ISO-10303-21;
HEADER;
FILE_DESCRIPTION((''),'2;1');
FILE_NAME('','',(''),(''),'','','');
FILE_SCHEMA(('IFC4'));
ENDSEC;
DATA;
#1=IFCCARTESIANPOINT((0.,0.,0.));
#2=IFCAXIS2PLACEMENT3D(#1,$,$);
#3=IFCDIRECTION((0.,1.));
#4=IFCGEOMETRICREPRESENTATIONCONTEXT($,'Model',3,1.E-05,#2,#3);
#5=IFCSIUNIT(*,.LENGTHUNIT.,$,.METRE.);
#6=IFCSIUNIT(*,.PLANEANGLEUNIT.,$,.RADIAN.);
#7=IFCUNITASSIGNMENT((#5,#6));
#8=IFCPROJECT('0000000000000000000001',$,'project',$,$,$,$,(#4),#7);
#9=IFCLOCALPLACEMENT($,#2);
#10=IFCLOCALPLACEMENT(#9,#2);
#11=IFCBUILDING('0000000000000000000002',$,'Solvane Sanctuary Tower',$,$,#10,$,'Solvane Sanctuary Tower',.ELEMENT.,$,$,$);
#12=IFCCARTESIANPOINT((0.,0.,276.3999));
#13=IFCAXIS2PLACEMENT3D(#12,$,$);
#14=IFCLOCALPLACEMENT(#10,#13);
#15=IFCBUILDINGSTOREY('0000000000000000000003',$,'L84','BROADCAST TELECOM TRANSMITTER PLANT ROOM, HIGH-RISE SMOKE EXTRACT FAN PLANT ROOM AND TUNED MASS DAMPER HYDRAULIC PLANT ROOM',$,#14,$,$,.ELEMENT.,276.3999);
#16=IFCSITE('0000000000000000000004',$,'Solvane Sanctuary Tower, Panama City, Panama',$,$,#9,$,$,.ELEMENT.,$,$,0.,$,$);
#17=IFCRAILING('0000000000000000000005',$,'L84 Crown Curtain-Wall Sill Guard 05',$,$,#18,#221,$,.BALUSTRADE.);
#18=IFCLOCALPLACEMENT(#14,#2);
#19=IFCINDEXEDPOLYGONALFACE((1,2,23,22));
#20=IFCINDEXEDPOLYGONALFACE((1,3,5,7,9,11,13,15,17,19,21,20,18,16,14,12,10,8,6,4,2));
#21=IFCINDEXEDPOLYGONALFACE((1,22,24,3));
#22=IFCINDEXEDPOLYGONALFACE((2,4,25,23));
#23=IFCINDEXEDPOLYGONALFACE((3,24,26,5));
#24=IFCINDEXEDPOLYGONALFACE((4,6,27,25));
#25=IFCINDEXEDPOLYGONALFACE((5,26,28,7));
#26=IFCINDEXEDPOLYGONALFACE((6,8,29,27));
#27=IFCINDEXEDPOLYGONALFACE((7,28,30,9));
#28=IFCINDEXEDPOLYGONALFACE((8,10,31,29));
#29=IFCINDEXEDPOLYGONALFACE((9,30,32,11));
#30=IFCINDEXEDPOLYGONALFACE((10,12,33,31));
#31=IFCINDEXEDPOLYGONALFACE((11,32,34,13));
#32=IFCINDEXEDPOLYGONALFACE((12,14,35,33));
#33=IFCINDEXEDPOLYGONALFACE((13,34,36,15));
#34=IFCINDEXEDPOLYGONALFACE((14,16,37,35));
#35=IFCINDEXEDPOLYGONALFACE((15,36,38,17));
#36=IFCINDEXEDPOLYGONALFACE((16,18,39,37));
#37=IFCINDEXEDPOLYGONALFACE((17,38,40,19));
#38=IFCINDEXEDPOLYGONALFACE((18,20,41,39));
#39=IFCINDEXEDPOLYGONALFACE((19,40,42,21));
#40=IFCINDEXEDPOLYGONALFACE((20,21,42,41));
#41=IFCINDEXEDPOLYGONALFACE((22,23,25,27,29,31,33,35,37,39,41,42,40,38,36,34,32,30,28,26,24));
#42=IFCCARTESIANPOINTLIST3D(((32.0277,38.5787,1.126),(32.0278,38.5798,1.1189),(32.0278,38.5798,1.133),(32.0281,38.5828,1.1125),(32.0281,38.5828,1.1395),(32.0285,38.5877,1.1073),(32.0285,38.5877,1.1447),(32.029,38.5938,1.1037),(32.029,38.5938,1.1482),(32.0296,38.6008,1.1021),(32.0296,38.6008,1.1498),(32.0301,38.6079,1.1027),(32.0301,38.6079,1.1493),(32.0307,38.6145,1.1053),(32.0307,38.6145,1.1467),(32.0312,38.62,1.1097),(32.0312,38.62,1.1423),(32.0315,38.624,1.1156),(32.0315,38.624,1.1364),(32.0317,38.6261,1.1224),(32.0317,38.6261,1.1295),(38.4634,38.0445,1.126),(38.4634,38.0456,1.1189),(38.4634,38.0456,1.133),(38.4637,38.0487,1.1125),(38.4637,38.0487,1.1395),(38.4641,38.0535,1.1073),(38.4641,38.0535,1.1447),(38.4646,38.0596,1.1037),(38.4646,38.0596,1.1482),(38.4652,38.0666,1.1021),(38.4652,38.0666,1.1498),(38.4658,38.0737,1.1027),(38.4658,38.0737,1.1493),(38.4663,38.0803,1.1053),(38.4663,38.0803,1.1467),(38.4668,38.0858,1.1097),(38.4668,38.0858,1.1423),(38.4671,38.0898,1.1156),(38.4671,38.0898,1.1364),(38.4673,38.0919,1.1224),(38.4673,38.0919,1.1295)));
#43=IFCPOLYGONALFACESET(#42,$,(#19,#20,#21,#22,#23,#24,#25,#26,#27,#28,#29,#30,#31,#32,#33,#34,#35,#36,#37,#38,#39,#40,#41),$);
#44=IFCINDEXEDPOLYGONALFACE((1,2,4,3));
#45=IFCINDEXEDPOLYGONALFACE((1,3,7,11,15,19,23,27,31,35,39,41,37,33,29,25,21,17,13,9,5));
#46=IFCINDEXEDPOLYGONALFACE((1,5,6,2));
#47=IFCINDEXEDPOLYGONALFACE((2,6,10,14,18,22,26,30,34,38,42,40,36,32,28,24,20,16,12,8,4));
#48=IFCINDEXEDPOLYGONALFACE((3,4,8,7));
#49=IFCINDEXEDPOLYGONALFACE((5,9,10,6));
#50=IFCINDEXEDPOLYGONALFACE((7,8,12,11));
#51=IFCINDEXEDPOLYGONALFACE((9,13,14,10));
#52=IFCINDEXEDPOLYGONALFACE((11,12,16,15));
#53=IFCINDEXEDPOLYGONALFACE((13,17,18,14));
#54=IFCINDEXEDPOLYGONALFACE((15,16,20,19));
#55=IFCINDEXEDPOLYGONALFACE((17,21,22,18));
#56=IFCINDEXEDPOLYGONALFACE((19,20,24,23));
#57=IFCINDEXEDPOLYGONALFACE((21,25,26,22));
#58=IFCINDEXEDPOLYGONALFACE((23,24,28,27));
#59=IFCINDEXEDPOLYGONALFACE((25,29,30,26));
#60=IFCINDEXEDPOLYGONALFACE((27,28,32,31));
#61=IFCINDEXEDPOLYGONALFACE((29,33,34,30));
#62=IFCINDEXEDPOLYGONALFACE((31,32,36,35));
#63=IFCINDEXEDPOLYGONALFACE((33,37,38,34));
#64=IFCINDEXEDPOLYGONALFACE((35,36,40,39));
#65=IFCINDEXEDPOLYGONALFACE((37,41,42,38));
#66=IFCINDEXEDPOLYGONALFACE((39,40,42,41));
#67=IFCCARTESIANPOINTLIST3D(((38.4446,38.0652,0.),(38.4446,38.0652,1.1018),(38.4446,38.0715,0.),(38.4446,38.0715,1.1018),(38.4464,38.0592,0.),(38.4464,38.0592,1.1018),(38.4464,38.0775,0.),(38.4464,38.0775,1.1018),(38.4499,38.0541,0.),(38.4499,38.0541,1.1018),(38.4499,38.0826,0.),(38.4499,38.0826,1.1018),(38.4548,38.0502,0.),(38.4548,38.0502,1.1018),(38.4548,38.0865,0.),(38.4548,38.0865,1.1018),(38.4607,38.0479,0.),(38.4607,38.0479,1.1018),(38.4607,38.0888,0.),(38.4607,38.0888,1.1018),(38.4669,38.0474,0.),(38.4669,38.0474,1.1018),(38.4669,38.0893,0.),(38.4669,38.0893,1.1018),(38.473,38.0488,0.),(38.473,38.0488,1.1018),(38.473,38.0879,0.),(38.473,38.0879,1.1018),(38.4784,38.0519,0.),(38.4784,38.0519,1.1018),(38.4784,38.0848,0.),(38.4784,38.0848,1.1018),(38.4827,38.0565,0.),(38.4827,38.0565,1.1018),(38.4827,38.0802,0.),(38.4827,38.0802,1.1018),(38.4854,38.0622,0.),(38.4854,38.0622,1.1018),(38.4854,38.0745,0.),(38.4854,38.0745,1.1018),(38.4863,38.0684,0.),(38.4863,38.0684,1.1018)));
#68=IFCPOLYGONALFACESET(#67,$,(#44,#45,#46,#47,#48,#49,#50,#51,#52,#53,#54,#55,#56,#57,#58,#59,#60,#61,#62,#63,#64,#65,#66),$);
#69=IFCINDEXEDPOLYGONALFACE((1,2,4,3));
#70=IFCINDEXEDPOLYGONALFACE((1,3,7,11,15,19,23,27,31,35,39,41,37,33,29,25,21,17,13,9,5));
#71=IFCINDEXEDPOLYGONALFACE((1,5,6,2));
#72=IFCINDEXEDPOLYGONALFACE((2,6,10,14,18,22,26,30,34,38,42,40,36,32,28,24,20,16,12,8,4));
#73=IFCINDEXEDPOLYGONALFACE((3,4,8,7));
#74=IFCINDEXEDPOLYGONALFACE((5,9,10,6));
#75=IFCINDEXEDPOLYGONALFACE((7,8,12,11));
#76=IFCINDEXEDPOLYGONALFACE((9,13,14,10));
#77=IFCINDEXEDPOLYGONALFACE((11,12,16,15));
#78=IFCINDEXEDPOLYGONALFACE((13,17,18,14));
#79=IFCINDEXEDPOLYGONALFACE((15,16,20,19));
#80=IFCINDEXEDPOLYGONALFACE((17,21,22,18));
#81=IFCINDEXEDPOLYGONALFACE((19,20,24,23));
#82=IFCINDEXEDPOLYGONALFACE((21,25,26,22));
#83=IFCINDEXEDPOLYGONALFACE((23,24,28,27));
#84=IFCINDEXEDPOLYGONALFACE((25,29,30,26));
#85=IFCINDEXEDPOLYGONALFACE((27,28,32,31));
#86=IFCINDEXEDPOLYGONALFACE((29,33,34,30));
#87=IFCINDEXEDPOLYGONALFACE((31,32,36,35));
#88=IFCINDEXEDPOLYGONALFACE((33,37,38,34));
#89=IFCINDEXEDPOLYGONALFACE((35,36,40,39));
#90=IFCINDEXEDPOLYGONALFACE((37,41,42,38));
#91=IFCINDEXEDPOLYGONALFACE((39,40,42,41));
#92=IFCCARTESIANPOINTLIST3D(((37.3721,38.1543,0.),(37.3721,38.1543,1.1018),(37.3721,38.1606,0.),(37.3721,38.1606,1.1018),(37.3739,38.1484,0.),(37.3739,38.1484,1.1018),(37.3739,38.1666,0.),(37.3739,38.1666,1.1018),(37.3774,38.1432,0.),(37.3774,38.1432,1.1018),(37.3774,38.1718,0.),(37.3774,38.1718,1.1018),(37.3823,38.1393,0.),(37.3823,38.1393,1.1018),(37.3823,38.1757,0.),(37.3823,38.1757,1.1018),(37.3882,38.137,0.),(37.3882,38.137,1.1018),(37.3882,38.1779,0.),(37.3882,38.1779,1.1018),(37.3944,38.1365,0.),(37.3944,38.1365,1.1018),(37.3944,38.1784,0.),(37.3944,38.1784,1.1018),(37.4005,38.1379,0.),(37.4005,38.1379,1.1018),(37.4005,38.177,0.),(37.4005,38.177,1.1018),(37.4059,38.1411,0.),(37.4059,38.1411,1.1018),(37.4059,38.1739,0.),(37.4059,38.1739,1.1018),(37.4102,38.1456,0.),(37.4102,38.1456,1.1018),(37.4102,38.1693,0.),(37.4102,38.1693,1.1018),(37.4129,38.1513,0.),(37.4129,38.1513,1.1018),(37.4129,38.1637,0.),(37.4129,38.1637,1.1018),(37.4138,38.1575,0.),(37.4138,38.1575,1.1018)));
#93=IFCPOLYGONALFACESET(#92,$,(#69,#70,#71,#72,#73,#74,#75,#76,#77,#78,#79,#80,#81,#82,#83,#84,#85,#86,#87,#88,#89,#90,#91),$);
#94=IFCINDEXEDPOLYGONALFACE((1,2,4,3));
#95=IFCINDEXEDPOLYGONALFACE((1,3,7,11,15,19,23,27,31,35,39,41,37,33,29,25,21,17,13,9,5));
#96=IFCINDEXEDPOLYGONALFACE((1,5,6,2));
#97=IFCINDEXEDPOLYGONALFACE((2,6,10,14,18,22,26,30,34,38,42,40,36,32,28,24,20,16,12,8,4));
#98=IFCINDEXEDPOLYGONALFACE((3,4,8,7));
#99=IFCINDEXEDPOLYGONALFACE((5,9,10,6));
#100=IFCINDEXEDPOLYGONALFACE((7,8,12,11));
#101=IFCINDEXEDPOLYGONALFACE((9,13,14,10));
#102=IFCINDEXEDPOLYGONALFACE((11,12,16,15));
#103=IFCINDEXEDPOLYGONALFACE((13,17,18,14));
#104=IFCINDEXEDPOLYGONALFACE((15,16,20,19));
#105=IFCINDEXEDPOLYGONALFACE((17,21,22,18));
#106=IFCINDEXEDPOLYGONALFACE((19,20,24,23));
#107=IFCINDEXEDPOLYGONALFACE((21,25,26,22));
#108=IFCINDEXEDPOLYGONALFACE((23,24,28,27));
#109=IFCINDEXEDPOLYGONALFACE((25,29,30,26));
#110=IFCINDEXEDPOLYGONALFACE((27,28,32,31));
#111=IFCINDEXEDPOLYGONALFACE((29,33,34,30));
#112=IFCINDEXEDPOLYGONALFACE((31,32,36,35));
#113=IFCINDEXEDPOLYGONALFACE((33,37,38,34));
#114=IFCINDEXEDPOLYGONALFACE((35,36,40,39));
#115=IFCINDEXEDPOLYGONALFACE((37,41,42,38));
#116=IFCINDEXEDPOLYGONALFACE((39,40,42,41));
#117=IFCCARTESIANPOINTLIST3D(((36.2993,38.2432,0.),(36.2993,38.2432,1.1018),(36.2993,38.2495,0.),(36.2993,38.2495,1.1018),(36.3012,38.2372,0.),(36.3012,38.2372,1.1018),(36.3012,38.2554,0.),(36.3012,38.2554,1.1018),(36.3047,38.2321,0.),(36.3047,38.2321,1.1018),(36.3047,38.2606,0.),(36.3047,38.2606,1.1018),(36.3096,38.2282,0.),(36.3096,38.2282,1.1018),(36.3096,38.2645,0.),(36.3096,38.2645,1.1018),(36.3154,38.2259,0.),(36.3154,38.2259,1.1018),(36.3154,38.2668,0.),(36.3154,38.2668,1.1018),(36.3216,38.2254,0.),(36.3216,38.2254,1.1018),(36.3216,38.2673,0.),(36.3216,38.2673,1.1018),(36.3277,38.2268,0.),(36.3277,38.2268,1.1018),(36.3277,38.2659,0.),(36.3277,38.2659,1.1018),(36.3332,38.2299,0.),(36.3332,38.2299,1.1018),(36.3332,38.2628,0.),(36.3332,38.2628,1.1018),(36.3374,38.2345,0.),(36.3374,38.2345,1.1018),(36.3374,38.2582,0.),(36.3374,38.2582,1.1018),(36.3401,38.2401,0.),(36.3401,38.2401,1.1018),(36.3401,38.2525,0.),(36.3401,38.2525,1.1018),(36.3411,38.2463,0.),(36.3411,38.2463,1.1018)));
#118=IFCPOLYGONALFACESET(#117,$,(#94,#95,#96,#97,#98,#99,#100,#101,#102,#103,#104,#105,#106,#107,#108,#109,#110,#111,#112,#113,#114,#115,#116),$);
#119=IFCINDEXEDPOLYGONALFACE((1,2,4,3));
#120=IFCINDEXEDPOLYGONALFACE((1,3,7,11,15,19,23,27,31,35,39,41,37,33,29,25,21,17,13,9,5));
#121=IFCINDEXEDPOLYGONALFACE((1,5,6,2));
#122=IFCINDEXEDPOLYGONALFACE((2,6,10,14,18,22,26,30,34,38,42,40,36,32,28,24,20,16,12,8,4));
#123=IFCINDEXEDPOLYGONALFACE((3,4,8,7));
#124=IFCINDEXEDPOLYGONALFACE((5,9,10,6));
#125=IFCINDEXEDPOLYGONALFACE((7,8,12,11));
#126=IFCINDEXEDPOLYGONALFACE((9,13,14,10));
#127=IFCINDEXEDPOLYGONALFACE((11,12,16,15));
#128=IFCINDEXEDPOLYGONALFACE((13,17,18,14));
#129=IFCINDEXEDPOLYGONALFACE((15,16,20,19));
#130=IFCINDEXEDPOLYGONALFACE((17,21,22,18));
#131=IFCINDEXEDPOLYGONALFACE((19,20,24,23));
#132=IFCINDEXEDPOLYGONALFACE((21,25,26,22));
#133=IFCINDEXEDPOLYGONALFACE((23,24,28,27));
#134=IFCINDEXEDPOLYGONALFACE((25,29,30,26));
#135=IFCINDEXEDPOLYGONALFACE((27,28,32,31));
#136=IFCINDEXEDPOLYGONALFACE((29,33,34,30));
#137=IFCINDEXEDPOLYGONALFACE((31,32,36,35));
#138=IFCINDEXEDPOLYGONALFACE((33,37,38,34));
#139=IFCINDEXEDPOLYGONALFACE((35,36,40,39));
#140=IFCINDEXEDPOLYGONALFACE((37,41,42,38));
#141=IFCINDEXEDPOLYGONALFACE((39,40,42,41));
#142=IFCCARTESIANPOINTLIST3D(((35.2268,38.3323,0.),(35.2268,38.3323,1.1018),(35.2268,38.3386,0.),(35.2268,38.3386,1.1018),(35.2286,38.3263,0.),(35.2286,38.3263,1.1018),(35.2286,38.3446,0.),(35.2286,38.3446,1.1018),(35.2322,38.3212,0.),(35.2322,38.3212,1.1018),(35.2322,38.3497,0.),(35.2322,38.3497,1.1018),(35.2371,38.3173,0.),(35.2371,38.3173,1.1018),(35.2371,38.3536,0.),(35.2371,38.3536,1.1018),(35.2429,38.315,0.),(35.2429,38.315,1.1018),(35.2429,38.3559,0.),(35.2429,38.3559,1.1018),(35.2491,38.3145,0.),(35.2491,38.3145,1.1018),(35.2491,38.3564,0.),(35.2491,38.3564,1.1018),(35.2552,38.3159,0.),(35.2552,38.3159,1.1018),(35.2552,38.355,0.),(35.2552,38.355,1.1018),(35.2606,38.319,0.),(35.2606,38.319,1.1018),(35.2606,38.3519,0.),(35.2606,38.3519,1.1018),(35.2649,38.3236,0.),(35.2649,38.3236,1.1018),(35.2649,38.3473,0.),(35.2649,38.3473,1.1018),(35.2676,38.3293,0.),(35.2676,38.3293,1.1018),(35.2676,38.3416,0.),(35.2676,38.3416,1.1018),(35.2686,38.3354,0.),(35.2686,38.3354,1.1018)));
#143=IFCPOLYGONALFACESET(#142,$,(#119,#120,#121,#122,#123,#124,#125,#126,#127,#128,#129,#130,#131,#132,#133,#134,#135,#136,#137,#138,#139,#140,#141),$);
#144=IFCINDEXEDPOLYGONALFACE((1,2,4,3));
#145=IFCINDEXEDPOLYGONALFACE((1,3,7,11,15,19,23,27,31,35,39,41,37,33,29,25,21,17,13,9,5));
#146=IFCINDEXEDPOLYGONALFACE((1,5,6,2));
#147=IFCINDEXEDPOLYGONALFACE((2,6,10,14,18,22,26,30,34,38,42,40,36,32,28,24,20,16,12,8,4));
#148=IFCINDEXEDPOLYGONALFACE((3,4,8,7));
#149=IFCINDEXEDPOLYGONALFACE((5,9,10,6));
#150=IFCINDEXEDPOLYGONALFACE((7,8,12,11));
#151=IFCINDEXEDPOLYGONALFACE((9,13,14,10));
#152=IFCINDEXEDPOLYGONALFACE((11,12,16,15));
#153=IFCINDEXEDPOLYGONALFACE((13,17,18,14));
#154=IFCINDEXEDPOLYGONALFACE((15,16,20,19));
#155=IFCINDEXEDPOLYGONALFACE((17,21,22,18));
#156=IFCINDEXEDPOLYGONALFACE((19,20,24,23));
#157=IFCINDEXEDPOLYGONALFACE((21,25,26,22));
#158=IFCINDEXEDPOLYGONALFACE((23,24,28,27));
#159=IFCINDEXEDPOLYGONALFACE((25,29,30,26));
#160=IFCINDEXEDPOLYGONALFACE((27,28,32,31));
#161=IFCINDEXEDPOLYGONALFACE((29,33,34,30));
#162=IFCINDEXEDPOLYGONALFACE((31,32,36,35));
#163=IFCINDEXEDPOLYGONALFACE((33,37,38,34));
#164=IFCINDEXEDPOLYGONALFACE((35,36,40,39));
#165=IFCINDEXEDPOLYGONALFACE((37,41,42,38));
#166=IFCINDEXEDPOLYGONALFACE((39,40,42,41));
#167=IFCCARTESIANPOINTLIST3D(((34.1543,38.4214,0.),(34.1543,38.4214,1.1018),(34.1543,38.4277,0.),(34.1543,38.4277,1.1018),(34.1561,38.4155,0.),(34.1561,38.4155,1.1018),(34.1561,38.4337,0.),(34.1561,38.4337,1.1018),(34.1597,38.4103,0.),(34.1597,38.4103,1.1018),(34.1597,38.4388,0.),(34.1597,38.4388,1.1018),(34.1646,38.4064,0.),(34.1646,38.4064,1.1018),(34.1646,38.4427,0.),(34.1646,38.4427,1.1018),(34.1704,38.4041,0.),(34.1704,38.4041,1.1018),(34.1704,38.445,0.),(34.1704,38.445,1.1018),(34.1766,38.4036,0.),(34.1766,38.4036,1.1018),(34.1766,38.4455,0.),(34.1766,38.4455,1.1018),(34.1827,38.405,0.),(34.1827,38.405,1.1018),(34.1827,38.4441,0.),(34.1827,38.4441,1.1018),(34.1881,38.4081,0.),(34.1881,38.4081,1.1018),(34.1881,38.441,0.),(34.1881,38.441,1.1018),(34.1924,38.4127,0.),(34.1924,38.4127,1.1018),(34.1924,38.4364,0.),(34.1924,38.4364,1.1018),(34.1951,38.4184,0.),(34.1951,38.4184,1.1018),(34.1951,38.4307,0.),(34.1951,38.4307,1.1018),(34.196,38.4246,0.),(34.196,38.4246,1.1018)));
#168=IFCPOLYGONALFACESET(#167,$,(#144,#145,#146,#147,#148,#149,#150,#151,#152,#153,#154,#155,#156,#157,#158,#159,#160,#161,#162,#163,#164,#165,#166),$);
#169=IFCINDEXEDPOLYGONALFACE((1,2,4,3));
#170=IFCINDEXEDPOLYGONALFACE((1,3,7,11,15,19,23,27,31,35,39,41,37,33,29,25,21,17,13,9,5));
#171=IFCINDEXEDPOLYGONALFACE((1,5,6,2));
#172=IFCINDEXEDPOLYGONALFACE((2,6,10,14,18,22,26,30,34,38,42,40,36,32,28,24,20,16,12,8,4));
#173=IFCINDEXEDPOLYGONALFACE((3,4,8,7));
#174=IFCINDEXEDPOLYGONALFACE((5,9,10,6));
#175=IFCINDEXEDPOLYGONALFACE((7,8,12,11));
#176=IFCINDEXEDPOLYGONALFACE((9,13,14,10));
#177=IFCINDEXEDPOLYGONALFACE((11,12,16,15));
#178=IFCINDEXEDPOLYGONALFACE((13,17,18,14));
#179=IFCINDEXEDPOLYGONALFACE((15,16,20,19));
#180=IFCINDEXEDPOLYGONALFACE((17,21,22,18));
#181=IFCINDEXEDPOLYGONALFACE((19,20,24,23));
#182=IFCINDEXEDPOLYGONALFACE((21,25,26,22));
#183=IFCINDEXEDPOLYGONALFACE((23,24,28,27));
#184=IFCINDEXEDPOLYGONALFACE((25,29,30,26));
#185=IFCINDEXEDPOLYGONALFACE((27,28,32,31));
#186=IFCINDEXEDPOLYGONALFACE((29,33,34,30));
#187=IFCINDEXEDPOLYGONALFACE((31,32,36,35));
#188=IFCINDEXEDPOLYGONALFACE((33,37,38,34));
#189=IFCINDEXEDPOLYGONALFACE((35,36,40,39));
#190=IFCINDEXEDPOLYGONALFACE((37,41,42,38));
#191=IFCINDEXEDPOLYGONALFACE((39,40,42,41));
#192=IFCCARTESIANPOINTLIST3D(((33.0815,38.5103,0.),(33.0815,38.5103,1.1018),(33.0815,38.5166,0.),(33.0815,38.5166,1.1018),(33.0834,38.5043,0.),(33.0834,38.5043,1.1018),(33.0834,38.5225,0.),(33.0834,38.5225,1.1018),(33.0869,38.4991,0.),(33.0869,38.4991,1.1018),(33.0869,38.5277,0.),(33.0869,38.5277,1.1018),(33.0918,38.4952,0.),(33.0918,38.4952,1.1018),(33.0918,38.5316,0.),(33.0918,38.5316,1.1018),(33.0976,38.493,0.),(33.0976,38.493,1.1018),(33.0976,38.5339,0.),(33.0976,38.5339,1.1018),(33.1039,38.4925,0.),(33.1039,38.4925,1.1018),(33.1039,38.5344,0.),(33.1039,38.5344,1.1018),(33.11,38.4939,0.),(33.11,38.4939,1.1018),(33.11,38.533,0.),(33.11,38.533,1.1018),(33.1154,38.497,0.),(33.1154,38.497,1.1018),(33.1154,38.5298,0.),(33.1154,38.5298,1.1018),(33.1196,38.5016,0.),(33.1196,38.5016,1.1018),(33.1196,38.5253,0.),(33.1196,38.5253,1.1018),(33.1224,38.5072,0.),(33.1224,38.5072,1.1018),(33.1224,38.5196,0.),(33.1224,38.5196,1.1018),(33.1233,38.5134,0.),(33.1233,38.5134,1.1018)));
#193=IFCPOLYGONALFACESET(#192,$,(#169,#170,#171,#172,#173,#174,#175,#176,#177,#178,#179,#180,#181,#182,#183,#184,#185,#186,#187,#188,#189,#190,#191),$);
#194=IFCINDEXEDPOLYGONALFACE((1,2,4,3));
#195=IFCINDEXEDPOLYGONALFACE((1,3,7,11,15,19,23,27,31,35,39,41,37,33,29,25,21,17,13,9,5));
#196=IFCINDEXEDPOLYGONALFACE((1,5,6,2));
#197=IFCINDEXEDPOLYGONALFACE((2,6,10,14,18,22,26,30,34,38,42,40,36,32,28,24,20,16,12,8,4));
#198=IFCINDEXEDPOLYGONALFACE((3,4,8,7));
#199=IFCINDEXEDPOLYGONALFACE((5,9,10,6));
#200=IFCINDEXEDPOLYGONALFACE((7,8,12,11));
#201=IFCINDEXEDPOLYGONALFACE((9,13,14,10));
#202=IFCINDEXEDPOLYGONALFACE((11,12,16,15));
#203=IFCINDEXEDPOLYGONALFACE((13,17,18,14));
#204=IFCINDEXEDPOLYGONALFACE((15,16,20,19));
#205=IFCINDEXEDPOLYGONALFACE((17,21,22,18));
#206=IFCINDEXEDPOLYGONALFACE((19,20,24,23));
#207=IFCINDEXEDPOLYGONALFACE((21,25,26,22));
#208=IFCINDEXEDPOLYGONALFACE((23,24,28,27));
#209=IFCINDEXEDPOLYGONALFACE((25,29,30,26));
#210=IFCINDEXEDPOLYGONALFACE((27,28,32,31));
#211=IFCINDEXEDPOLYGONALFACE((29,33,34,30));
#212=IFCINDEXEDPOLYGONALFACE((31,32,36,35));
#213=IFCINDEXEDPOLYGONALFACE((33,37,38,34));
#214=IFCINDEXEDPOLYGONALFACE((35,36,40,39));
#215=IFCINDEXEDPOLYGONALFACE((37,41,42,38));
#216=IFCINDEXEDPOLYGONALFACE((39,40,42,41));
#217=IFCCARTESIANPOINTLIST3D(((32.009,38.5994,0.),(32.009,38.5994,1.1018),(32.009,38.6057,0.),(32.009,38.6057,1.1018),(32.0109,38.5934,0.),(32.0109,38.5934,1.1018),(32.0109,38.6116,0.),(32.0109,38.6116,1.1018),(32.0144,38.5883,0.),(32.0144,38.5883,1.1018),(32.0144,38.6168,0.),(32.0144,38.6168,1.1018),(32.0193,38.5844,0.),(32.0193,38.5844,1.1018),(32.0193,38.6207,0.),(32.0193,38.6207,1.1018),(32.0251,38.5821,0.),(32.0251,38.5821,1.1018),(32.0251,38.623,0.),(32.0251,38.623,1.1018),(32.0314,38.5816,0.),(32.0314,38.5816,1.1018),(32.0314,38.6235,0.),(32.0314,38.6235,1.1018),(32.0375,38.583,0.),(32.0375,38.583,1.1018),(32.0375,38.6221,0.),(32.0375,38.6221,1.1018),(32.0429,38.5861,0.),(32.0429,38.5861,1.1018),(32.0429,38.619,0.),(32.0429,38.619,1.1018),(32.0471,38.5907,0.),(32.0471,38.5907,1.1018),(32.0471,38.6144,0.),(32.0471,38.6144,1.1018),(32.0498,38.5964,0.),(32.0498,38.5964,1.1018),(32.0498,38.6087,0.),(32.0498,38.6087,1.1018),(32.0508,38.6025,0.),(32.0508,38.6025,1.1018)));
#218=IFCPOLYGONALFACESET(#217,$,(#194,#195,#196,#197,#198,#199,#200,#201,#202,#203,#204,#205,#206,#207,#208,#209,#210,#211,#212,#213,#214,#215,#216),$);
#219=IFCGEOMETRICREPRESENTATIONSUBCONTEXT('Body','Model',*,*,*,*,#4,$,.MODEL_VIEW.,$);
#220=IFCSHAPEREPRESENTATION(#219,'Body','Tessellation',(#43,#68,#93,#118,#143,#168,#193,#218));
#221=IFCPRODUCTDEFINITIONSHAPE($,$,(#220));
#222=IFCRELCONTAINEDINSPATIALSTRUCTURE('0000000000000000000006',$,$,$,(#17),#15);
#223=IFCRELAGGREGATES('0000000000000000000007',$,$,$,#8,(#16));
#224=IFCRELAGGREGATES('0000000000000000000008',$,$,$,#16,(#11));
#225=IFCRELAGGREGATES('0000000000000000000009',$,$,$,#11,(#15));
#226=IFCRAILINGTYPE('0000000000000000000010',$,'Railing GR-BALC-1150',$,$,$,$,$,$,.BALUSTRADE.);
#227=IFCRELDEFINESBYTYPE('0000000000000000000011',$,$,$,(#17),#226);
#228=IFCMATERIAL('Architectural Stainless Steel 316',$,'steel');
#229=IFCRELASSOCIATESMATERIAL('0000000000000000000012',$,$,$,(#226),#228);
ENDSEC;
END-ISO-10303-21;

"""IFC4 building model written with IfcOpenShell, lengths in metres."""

from ifc_helpers import new_model, si_unit, direction, frame, origin, origin_2d, place, context, subcontext, project, spatial, circle, extrude, material, type_object, element, save


model = new_model("IFC4")

# Units and contexts
model_context = context("Model", 3, precision=1e-05, world=origin(), true_north=direction((0.0, 1.0)))
body_context = subcontext(model_context, "Body", "Model", "MODEL_VIEW")
ifc_project = project(units=[si_unit("LENGTHUNIT", "METRE"), si_unit("PLANEANGLEUNIT", "RADIAN")], contexts=[model_context])

# Site, building, storey
site_placement = place(None, origin())
site = spatial("IfcSite", under=ifc_project, at=site_placement, Name="Solvane Sanctuary Tower, Panama City, Panama", CompositionType="ELEMENT", RefElevation=0.0)
building_placement = place(site_placement, origin())
building = spatial("IfcBuilding", under=site, at=building_placement, Name="Solvane Sanctuary Tower", LongName="Solvane Sanctuary Tower", CompositionType="ELEMENT")
storey_placement = place(building_placement, frame((0.0, 0.0, 276.3999)))
storey = spatial("IfcBuildingStorey", under=building, at=storey_placement, Name="L84", Description="BROADCAST TELECOM TRANSMITTER PLANT ROOM, HIGH-RISE SMOKE EXTRACT FAN PLANT ROOM AND TUNED MASS DAMPER HYDRAULIC PLANT ROOM", CompositionType="ELEMENT", Elevation=276.3999)

# Shared definitions
ifc_material_1 = material(Name="Architectural Stainless Steel 316", Category="steel")

# Railing
railing_type = type_object("IfcRailingType", Name="Railing GR-BALC-1150", PredefinedType="BALUSTRADE", material=ifc_material_1)
railing_placement = place(storey_placement, frame((38.4653, 38.0684, 0.0)))
element("IfcRailing", 1, at=railing_placement, inside=storey, type_object=railing_type, Name="L84 Crown Curtain-Wall Sill Guard 05", PredefinedType="BALUSTRADE", context=body_context, shape_type="SweptSolid", body=[
    extrude(circle(Radius=0.0239, at=origin_2d()), frame((0.0, 0.0, 1.126), z_axis=(-0.996573, 0.08272, 0.0), x_axis=(-0.08272, -0.996573, 0.0)), (0.0, 0.0, 1.0), 6.4578),
    extrude(circle(Radius=0.021, at=origin_2d()), origin(), (0.0, 0.0, 1.0), 1.1018),
    extrude(circle(Radius=0.021, at=origin_2d()), frame((-1.0725, 0.0891, 0.0)), (0.0, 0.0, 1.0), 1.1018),
    extrude(circle(Radius=0.021, at=origin_2d()), frame((-2.1453, 0.178, 0.0)), (0.0, 0.0, 1.0), 1.1018),
    extrude(circle(Radius=0.021, at=origin_2d()), frame((-3.2178, 0.2671, 0.0)), (0.0, 0.0, 1.0), 1.1018),
    extrude(circle(Radius=0.021, at=origin_2d()), frame((-4.2903, 0.3562, 0.0)), (0.0, 0.0, 1.0), 1.1018),
    extrude(circle(Radius=0.021, at=origin_2d()), frame((-5.363, 0.4451, 0.0)), (0.0, 0.0, 1.0), 1.1018),
    extrude(circle(Radius=0.021, at=origin_2d()), frame((-6.4355, 0.5342, 0.0)), (0.0, 0.0, 1.0), 1.1018),
])

save(model, "model.ifc")
